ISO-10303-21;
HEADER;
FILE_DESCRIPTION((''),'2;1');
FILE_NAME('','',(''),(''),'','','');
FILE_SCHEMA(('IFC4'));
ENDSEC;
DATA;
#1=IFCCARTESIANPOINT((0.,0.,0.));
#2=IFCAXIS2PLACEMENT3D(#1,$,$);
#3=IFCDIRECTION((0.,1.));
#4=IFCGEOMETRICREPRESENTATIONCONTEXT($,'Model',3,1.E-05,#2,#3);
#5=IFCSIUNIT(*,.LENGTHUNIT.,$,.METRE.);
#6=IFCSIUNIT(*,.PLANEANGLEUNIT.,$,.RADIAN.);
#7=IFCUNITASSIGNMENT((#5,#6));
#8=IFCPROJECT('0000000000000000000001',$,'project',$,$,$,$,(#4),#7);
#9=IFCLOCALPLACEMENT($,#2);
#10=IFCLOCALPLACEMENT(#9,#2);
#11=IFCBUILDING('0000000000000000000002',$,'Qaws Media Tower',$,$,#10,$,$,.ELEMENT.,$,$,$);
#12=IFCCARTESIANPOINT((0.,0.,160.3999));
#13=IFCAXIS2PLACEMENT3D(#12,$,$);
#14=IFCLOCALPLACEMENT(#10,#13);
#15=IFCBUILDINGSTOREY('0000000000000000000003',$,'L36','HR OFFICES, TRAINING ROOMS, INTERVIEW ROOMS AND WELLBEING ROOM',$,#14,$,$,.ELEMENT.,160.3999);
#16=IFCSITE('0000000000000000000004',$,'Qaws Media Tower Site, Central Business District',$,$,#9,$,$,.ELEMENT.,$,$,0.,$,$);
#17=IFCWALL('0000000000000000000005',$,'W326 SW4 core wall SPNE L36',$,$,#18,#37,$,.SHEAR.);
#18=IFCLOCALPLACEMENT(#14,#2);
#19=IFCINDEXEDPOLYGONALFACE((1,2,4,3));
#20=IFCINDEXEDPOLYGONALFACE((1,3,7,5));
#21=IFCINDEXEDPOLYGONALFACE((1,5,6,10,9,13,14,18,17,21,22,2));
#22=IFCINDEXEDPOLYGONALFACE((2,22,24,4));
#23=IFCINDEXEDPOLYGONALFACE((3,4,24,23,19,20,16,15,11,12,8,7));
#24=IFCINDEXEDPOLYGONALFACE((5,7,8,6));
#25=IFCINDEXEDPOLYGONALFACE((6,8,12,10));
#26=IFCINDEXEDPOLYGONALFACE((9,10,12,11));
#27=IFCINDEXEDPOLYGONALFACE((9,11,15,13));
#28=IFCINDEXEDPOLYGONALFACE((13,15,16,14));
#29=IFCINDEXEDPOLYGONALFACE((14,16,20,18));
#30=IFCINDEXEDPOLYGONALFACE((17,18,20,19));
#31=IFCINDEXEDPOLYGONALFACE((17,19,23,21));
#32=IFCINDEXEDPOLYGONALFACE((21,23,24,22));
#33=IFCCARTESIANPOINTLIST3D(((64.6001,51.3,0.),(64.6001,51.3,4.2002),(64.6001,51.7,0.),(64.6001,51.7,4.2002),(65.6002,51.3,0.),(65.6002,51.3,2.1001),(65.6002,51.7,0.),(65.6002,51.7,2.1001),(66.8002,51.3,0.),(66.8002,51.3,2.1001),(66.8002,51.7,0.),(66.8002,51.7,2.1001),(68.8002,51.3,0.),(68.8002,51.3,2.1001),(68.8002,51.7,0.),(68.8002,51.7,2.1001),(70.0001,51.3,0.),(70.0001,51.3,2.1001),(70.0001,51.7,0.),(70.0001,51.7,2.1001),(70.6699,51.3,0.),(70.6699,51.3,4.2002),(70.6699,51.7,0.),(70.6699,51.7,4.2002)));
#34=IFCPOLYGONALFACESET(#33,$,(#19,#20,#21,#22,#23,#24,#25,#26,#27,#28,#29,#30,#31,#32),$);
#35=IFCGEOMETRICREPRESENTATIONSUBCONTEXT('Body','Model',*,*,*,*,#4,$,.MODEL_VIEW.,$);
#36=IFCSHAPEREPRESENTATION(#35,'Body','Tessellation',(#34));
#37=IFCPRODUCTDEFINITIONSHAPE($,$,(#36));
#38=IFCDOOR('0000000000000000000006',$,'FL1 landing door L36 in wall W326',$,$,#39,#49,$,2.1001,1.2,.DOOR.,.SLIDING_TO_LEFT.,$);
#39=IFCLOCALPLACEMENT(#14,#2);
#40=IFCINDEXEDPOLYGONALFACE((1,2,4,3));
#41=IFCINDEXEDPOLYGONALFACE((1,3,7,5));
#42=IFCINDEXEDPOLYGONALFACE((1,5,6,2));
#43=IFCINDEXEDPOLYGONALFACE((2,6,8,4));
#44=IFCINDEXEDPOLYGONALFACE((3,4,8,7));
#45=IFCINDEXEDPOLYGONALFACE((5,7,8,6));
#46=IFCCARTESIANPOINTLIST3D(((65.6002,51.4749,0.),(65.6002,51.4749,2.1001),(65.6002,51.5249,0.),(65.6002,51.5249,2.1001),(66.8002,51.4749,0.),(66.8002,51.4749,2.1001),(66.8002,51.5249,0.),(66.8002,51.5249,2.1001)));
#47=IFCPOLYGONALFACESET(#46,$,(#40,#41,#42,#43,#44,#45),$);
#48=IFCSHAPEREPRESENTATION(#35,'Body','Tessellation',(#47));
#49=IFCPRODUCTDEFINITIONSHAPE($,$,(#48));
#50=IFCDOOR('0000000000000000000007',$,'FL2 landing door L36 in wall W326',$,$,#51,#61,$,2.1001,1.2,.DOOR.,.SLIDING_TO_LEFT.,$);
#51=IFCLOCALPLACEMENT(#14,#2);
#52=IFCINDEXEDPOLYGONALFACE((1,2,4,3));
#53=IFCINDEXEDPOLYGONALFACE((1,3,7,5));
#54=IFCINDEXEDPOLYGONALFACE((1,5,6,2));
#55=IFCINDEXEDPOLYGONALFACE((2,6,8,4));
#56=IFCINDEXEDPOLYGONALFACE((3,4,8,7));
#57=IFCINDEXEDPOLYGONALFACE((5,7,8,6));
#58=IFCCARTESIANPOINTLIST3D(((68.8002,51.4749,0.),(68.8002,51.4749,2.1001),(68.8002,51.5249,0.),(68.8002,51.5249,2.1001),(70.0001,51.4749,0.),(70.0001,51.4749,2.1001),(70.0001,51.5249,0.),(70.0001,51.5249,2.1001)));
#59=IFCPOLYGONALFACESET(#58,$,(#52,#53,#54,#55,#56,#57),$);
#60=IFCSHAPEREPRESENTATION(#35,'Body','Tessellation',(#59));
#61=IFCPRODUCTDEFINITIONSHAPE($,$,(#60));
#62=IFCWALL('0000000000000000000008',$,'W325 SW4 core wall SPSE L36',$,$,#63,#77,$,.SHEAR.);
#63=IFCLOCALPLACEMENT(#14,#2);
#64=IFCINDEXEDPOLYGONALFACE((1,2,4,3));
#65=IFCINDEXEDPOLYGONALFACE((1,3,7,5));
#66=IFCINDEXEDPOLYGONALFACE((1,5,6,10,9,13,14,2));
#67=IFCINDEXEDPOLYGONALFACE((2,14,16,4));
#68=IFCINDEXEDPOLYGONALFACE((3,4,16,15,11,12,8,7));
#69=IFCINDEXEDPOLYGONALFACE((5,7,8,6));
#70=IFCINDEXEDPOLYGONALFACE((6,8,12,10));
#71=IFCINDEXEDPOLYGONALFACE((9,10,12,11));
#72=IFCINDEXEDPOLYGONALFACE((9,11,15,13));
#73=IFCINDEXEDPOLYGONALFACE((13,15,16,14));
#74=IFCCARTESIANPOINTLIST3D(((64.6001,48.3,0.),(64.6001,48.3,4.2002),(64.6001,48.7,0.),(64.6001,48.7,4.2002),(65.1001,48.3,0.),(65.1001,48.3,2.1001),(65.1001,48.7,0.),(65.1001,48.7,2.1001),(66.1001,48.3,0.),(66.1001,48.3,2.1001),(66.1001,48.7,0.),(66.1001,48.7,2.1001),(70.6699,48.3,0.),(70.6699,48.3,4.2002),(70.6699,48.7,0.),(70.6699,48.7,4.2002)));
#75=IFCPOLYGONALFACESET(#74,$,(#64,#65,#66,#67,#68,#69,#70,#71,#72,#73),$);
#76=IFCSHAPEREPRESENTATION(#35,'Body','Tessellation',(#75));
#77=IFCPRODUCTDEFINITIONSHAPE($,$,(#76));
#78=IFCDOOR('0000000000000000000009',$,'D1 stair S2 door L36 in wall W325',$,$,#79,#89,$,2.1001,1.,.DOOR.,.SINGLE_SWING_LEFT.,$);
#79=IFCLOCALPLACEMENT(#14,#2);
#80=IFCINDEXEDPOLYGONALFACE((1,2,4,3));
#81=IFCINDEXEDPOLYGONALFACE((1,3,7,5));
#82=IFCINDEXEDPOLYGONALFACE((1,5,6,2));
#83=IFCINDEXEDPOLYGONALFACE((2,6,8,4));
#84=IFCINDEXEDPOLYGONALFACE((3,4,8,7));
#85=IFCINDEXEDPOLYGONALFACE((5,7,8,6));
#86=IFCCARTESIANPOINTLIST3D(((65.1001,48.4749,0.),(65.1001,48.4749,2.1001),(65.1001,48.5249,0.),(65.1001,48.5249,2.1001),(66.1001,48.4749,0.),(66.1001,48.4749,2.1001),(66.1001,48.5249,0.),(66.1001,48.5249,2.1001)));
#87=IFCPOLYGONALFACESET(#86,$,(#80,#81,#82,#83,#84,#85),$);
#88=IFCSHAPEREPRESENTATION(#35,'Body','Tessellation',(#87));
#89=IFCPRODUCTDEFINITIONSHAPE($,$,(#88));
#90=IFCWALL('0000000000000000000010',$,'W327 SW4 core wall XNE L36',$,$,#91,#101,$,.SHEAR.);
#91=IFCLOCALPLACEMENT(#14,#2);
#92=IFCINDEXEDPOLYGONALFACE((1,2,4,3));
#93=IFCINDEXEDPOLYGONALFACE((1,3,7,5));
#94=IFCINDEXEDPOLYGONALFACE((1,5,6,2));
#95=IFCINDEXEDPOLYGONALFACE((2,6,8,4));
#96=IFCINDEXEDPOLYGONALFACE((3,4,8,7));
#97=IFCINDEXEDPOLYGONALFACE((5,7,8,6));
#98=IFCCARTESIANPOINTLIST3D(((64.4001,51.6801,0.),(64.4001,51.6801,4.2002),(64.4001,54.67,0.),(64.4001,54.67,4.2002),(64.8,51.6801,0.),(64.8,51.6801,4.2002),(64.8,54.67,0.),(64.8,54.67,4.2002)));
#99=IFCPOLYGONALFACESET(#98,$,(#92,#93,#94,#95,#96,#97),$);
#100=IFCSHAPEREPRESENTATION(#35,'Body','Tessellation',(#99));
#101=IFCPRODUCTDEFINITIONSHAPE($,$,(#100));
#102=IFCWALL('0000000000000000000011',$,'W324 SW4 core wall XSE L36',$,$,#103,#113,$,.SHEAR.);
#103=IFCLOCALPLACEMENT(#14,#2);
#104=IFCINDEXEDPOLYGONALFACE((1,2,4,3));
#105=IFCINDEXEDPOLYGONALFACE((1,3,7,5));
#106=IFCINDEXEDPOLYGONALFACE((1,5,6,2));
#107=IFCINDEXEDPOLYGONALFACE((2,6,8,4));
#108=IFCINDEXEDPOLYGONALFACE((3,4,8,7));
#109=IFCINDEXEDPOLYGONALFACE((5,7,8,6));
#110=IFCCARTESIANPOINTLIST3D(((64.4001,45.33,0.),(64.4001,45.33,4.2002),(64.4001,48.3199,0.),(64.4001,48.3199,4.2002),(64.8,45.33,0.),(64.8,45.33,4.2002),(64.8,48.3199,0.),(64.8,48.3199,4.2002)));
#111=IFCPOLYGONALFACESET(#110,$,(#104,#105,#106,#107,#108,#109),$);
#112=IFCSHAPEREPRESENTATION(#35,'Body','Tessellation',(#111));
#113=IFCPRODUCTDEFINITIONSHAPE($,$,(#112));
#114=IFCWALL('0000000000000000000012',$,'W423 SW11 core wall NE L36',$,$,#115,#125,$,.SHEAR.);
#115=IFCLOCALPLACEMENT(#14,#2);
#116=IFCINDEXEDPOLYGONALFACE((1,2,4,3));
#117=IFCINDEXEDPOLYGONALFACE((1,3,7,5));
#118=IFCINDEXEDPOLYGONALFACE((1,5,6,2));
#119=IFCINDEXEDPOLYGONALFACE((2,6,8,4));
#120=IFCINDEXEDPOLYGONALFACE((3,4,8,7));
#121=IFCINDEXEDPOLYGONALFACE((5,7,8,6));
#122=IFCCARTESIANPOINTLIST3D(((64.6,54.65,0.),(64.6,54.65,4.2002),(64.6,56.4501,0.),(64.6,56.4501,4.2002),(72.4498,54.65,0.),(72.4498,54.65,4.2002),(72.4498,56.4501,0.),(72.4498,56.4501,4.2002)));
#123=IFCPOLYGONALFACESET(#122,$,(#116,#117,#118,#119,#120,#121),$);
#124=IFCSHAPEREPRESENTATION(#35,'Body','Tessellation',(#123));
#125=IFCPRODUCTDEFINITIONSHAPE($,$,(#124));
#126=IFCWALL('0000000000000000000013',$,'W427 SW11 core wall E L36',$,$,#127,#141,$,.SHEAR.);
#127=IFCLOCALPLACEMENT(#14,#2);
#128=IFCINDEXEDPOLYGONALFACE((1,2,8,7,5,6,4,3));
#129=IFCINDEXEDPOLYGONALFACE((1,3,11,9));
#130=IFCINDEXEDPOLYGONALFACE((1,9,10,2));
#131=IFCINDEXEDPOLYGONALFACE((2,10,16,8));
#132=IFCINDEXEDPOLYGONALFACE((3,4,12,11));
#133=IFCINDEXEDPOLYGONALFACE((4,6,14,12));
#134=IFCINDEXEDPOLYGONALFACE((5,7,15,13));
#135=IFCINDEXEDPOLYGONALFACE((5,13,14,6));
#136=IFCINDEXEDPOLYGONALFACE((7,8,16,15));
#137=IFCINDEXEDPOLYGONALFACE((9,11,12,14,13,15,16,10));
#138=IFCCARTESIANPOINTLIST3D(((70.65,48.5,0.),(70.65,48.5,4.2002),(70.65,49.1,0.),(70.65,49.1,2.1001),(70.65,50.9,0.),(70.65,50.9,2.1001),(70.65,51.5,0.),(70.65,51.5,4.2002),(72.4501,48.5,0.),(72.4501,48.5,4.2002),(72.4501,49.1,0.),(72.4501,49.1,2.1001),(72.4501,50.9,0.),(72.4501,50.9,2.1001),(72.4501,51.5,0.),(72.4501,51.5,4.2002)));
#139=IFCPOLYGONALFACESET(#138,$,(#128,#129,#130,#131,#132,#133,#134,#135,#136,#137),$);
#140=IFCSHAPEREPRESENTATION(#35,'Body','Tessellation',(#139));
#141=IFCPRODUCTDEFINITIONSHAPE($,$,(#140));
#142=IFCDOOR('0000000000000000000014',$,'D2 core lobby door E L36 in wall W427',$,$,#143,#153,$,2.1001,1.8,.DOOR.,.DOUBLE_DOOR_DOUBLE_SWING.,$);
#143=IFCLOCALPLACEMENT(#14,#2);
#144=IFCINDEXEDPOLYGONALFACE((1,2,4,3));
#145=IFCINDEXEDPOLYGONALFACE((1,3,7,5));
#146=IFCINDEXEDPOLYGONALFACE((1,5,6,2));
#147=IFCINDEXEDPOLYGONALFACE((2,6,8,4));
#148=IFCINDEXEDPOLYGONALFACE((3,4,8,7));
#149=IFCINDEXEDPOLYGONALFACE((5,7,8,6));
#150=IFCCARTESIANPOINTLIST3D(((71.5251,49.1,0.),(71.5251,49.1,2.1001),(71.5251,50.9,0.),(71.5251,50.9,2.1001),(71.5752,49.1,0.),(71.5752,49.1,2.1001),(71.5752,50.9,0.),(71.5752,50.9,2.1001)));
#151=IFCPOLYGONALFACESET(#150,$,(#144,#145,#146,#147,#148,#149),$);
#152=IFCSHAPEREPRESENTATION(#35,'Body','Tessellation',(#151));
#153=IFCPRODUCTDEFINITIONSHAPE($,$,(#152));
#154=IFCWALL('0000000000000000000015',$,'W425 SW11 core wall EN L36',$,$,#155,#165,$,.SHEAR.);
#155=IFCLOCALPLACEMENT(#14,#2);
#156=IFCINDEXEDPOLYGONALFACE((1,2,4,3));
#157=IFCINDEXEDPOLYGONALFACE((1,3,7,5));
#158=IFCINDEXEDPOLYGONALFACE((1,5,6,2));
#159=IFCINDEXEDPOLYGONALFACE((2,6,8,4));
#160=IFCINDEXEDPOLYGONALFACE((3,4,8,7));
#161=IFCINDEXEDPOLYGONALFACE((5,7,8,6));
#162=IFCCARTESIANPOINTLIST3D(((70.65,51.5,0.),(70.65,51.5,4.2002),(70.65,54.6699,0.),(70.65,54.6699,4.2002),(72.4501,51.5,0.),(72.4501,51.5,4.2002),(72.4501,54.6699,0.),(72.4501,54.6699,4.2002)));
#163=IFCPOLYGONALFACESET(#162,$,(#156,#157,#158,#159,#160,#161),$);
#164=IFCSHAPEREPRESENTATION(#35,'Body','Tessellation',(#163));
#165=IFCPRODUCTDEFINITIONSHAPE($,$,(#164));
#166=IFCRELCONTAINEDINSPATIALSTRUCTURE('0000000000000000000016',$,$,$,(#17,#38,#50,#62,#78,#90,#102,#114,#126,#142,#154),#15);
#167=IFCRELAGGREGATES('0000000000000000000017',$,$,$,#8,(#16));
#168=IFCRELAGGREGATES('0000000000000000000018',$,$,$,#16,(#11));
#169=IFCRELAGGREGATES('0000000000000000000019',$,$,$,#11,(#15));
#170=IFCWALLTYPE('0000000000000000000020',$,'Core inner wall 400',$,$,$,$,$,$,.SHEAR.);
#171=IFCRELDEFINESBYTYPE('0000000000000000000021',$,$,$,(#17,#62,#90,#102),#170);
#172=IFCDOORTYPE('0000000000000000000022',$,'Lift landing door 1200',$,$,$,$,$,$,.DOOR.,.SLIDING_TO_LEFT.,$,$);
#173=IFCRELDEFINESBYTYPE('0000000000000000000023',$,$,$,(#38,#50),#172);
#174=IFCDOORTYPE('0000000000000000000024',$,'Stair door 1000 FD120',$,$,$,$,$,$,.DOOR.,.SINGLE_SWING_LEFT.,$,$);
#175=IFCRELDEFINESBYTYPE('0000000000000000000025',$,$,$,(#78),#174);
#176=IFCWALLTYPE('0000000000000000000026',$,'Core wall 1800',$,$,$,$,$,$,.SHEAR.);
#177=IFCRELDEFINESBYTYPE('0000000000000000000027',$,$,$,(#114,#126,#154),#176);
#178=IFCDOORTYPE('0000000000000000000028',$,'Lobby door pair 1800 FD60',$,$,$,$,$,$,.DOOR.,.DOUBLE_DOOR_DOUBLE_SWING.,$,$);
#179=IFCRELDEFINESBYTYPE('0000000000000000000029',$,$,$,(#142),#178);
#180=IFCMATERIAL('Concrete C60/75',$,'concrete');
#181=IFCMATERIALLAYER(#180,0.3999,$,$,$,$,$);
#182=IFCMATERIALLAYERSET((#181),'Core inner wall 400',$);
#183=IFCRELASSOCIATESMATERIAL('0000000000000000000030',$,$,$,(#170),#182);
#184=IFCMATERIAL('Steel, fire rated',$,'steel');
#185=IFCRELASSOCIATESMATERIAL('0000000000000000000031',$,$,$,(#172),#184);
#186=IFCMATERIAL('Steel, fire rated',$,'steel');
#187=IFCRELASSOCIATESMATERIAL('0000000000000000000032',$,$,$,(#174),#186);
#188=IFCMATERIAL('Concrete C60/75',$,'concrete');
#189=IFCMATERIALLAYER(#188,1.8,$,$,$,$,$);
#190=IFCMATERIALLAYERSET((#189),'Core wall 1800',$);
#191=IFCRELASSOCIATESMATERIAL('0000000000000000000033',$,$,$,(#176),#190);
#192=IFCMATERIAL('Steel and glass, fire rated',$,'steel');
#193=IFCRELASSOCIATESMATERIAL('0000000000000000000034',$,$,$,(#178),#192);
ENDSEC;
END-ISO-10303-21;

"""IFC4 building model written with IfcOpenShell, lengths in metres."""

from ifc_helpers import new_model, si_unit, direction, frame, frame_2d, origin, place, context, subcontext, project, spatial, rectangle, extrude, material, layer, layer_set, type_object, element, fill, save


model = new_model("IFC4")

# Units and contexts
model_context = context("Model", 3, precision=1e-05, world=origin(), true_north=direction((0.0, 1.0)))
body_context = subcontext(model_context, "Body", "Model", "MODEL_VIEW")
ifc_project = project(units=[si_unit("LENGTHUNIT", "METRE"), si_unit("PLANEANGLEUNIT", "RADIAN")], contexts=[model_context])

# Site, building, storey
site_placement = place(None, origin())
site = spatial("IfcSite", under=ifc_project, at=site_placement, Name="Qaws Media Tower Site, Central Business District", CompositionType="ELEMENT", RefElevation=0.0)
building_placement = place(site_placement, origin())
building = spatial("IfcBuilding", under=site, at=building_placement, Name="Qaws Media Tower", CompositionType="ELEMENT")
storey_placement = place(building_placement, frame((0.0, 0.0, 160.3999)))
storey = spatial("IfcBuildingStorey", under=building, at=storey_placement, Name="L36", Description="HR OFFICES, TRAINING ROOMS, INTERVIEW ROOMS AND WELLBEING ROOM", CompositionType="ELEMENT", Elevation=160.3999)

# Wall, openings, doors
ifc_material_1 = material(Name="Concrete C60/75", Category="concrete")
ifc_layer_1 = layer(ifc_material_1, 0.3999)
ifc_layer_set_1 = layer_set([ifc_layer_1], Name="Core inner wall 400")
wall_type_1 = type_object("IfcWallType", Name="Core inner wall 400", PredefinedType="SHEAR", material=ifc_layer_set_1)
wall_1_placement = place(storey_placement, frame((64.6001, 51.5, 0.0), z_axis=(0.0, 0.0, 1.0), x_axis=(1.0, 0.0, 0.0)))
wall_1 = element("IfcWall", 1, at=wall_1_placement, inside=storey, type_object=wall_type_1, Name="W326 SW4 core wall SPNE L36", PredefinedType="SHEAR", context=body_context, shape_type="SweptSolid", body=[
    extrude(rectangle(XDim=6.0698, YDim=0.3999, at=frame_2d((3.0349, 0.0))), origin(), (0.0, 0.0, 1.0), 4.2002),
])
opening_1_placement = place(wall_1_placement, frame((1.0, 0.0, 0.0)))
opening_1 = element("IfcOpeningElement", 2, at=opening_1_placement, cuts=wall_1, PredefinedType="OPENING", context=body_context, shape_type="SweptSolid", body=[
    extrude(rectangle(XDim=1.2, YDim=2.1001, at=frame_2d((0.6001, 1.05))), frame((0.0, 0.21, 0.0), z_axis=(0.0, -1.0, 0.0), x_axis=(1.0, 0.0, 0.0)), (0.0, 0.0, 1.0), 0.4199),
])
opening_2_placement = place(wall_1_placement, frame((4.2, 0.0, 0.0)))
opening_2 = element("IfcOpeningElement", 3, at=opening_2_placement, cuts=wall_1, PredefinedType="OPENING", context=body_context, shape_type="SweptSolid", body=[
    extrude(rectangle(XDim=1.2, YDim=2.1001, at=frame_2d((0.6001, 1.05))), frame((0.0, 0.21, 0.0), z_axis=(0.0, -1.0, 0.0), x_axis=(1.0, 0.0, 0.0)), (0.0, 0.0, 1.0), 0.4199),
])
ifc_material_2 = material(Name="Steel, fire rated", Category="steel")
door_type_1 = type_object("IfcDoorType", Name="Lift landing door 1200", OperationType="SLIDING_TO_LEFT", PredefinedType="DOOR", material=ifc_material_2)
door_1_placement = place(opening_1_placement, origin())
door_1 = element("IfcDoor", 4, at=door_1_placement, inside=storey, type_object=door_type_1, Name="FL1 landing door L36 in wall W326", OperationType="SLIDING_TO_LEFT", OverallHeight=2.1001, OverallWidth=1.2, PredefinedType="DOOR", context=body_context, shape_type="SweptSolid", body=[
    extrude(rectangle(XDim=1.2, YDim=2.1001, at=frame_2d((0.6001, 1.05))), frame((0.0, 0.0249, 0.0), z_axis=(0.0, -1.0, 0.0), x_axis=(1.0, 0.0, 0.0)), (0.0, 0.0, 1.0), 0.05),
])
fill(opening_1, door_1)
door_2_placement = place(opening_2_placement, origin())
door_2 = element("IfcDoor", 5, at=door_2_placement, inside=storey, type_object=door_type_1, Name="FL2 landing door L36 in wall W326", OperationType="SLIDING_TO_LEFT", OverallHeight=2.1001, OverallWidth=1.2, PredefinedType="DOOR", context=body_context, shape_type="SweptSolid", body=[
    extrude(rectangle(XDim=1.2, YDim=2.1001, at=frame_2d((0.6001, 1.05))), frame((0.0, 0.0249, 0.0), z_axis=(0.0, -1.0, 0.0), x_axis=(1.0, 0.0, 0.0)), (0.0, 0.0, 1.0), 0.05),
])
fill(opening_2, door_2)

# Wall, opening, door
wall_2_placement = place(storey_placement, frame((64.6001, 48.5, 0.0), z_axis=(0.0, 0.0, 1.0), x_axis=(1.0, 0.0, 0.0)))
wall_2 = element("IfcWall", 6, at=wall_2_placement, inside=storey, type_object=wall_type_1, Name="W325 SW4 core wall SPSE L36", PredefinedType="SHEAR", context=body_context, shape_type="SweptSolid", body=[
    extrude(rectangle(XDim=6.0698, YDim=0.3999, at=frame_2d((3.0349, 0.0))), origin(), (0.0, 0.0, 1.0), 4.2002),
])
opening_3_placement = place(wall_2_placement, frame((0.5, 0.0, 0.0)))
opening_3 = element("IfcOpeningElement", 7, at=opening_3_placement, cuts=wall_2, PredefinedType="OPENING", context=body_context, shape_type="SweptSolid", body=[
    extrude(rectangle(XDim=1.0, YDim=2.1001, at=frame_2d((0.5, 1.05))), frame((0.0, 0.21, 0.0), z_axis=(0.0, -1.0, 0.0), x_axis=(1.0, 0.0, 0.0)), (0.0, 0.0, 1.0), 0.4199),
])
ifc_material_3 = material(Name="Steel, fire rated", Category="steel")
door_type_2 = type_object("IfcDoorType", Name="Stair door 1000 FD120", OperationType="SINGLE_SWING_LEFT", PredefinedType="DOOR", material=ifc_material_3)
door_3_placement = place(opening_3_placement, origin())
door_3 = element("IfcDoor", 8, at=door_3_placement, inside=storey, type_object=door_type_2, Name="D1 stair S2 door L36 in wall W325", OperationType="SINGLE_SWING_LEFT", OverallHeight=2.1001, OverallWidth=1.0, PredefinedType="DOOR", context=body_context, shape_type="SweptSolid", body=[
    extrude(rectangle(XDim=1.0, YDim=2.1001, at=frame_2d((0.5, 1.05))), frame((0.0, 0.0249, 0.0), z_axis=(0.0, -1.0, 0.0), x_axis=(1.0, 0.0, 0.0)), (0.0, 0.0, 1.0), 0.05),
])
fill(opening_3, door_3)

# Walls
for number, where, z_axis, x_axis, name in (
    (9, (64.6001, 51.6799, 0.0), (0.0, 0.0, 1.0), (0.0, 1.0, 0.0), "W327 SW4 core wall XNE L36"),
    (10, (64.6001, 48.3201, 0.0), (0.0, 0.0, 1.0), (0.0, -1.0, 0.0), "W324 SW4 core wall XSE L36"),
):
    element("IfcWall", number, at=place(storey_placement, frame(where, z_axis=z_axis, x_axis=x_axis)), inside=storey, type_object=wall_type_1, Name=name, PredefinedType="SHEAR", context=body_context, shape_type="SweptSolid", body=[
        extrude(rectangle(XDim=2.99, YDim=0.3999, at=frame_2d((1.4951, 0.0))), origin(), (0.0, 0.0, 1.0), 4.2002),
    ])
ifc_material_4 = material(Name="Concrete C60/75", Category="concrete")
ifc_layer_2 = layer(ifc_material_4, 1.8)
ifc_layer_set_2 = layer_set([ifc_layer_2], Name="Core wall 1800")
wall_type_2 = type_object("IfcWallType", Name="Core wall 1800", PredefinedType="SHEAR", material=ifc_layer_set_2)
wall_3_placement = place(storey_placement, frame((64.6001, 55.55, 0.0), z_axis=(0.0, 0.0, 1.0), x_axis=(1.0, 0.0, 0.0)))
element("IfcWall", 11, at=wall_3_placement, inside=storey, type_object=wall_type_2, Name="W423 SW11 core wall NE L36", PredefinedType="SHEAR", context=body_context, shape_type="SweptSolid", body=[
    extrude(rectangle(XDim=7.8499, YDim=1.8, at=frame_2d((3.9248, 0.0))), origin(), (0.0, 0.0, 1.0), 4.2002),
])

# Wall, opening, door
wall_4_placement = place(storey_placement, frame((71.55, 48.5, 0.0), z_axis=(0.0, 0.0, 1.0), x_axis=(0.0, 1.0, 0.0)))
wall_4 = element("IfcWall", 12, at=wall_4_placement, inside=storey, type_object=wall_type_2, Name="W427 SW11 core wall E L36", PredefinedType="SHEAR", context=body_context, shape_type="SweptSolid", body=[
    extrude(rectangle(XDim=3.0, YDim=1.8, at=frame_2d((1.5, 0.0))), origin(), (0.0, 0.0, 1.0), 4.2002),
])
opening_4_placement = place(wall_4_placement, frame((0.6001, 0.0, 0.0)))
opening_4 = element("IfcOpeningElement", 13, at=opening_4_placement, cuts=wall_4, PredefinedType="OPENING", context=body_context, shape_type="SweptSolid", body=[
    extrude(rectangle(XDim=1.8, YDim=2.1001, at=frame_2d((0.8999, 1.05))), frame((0.0, 0.9099, 0.0), z_axis=(0.0, -1.0, 0.0), x_axis=(1.0, 0.0, 0.0)), (0.0, 0.0, 1.0), 1.8201),
])
ifc_material_5 = material(Name="Steel and glass, fire rated", Category="steel")
door_type_3 = type_object("IfcDoorType", Name="Lobby door pair 1800 FD60", OperationType="DOUBLE_DOOR_DOUBLE_SWING", PredefinedType="DOOR", material=ifc_material_5)
door_4_placement = place(opening_4_placement, origin())
door_4 = element("IfcDoor", 14, at=door_4_placement, inside=storey, type_object=door_type_3, Name="D2 core lobby door E L36 in wall W427", OperationType="DOUBLE_DOOR_DOUBLE_SWING", OverallHeight=2.1001, OverallWidth=1.8, PredefinedType="DOOR", context=body_context, shape_type="SweptSolid", body=[
    extrude(rectangle(XDim=1.8, YDim=2.1001, at=frame_2d((0.8999, 1.05))), frame((0.0, 0.0249, 0.0), z_axis=(0.0, -1.0, 0.0), x_axis=(1.0, 0.0, 0.0)), (0.0, 0.0, 1.0), 0.05),
])
fill(opening_4, door_4)

# Wall
wall_5_placement = place(storey_placement, frame((71.55, 51.5, 0.0), z_axis=(0.0, 0.0, 1.0), x_axis=(0.0, 1.0, 0.0)))
element("IfcWall", 15, at=wall_5_placement, inside=storey, type_object=wall_type_2, Name="W425 SW11 core wall EN L36", PredefinedType="SHEAR", context=body_context, shape_type="SweptSolid", body=[
    extrude(rectangle(XDim=3.1699, YDim=1.8, at=frame_2d((1.585, 0.0))), origin(), (0.0, 0.0, 1.0), 4.2002),
])

save(model, "model.ifc")
